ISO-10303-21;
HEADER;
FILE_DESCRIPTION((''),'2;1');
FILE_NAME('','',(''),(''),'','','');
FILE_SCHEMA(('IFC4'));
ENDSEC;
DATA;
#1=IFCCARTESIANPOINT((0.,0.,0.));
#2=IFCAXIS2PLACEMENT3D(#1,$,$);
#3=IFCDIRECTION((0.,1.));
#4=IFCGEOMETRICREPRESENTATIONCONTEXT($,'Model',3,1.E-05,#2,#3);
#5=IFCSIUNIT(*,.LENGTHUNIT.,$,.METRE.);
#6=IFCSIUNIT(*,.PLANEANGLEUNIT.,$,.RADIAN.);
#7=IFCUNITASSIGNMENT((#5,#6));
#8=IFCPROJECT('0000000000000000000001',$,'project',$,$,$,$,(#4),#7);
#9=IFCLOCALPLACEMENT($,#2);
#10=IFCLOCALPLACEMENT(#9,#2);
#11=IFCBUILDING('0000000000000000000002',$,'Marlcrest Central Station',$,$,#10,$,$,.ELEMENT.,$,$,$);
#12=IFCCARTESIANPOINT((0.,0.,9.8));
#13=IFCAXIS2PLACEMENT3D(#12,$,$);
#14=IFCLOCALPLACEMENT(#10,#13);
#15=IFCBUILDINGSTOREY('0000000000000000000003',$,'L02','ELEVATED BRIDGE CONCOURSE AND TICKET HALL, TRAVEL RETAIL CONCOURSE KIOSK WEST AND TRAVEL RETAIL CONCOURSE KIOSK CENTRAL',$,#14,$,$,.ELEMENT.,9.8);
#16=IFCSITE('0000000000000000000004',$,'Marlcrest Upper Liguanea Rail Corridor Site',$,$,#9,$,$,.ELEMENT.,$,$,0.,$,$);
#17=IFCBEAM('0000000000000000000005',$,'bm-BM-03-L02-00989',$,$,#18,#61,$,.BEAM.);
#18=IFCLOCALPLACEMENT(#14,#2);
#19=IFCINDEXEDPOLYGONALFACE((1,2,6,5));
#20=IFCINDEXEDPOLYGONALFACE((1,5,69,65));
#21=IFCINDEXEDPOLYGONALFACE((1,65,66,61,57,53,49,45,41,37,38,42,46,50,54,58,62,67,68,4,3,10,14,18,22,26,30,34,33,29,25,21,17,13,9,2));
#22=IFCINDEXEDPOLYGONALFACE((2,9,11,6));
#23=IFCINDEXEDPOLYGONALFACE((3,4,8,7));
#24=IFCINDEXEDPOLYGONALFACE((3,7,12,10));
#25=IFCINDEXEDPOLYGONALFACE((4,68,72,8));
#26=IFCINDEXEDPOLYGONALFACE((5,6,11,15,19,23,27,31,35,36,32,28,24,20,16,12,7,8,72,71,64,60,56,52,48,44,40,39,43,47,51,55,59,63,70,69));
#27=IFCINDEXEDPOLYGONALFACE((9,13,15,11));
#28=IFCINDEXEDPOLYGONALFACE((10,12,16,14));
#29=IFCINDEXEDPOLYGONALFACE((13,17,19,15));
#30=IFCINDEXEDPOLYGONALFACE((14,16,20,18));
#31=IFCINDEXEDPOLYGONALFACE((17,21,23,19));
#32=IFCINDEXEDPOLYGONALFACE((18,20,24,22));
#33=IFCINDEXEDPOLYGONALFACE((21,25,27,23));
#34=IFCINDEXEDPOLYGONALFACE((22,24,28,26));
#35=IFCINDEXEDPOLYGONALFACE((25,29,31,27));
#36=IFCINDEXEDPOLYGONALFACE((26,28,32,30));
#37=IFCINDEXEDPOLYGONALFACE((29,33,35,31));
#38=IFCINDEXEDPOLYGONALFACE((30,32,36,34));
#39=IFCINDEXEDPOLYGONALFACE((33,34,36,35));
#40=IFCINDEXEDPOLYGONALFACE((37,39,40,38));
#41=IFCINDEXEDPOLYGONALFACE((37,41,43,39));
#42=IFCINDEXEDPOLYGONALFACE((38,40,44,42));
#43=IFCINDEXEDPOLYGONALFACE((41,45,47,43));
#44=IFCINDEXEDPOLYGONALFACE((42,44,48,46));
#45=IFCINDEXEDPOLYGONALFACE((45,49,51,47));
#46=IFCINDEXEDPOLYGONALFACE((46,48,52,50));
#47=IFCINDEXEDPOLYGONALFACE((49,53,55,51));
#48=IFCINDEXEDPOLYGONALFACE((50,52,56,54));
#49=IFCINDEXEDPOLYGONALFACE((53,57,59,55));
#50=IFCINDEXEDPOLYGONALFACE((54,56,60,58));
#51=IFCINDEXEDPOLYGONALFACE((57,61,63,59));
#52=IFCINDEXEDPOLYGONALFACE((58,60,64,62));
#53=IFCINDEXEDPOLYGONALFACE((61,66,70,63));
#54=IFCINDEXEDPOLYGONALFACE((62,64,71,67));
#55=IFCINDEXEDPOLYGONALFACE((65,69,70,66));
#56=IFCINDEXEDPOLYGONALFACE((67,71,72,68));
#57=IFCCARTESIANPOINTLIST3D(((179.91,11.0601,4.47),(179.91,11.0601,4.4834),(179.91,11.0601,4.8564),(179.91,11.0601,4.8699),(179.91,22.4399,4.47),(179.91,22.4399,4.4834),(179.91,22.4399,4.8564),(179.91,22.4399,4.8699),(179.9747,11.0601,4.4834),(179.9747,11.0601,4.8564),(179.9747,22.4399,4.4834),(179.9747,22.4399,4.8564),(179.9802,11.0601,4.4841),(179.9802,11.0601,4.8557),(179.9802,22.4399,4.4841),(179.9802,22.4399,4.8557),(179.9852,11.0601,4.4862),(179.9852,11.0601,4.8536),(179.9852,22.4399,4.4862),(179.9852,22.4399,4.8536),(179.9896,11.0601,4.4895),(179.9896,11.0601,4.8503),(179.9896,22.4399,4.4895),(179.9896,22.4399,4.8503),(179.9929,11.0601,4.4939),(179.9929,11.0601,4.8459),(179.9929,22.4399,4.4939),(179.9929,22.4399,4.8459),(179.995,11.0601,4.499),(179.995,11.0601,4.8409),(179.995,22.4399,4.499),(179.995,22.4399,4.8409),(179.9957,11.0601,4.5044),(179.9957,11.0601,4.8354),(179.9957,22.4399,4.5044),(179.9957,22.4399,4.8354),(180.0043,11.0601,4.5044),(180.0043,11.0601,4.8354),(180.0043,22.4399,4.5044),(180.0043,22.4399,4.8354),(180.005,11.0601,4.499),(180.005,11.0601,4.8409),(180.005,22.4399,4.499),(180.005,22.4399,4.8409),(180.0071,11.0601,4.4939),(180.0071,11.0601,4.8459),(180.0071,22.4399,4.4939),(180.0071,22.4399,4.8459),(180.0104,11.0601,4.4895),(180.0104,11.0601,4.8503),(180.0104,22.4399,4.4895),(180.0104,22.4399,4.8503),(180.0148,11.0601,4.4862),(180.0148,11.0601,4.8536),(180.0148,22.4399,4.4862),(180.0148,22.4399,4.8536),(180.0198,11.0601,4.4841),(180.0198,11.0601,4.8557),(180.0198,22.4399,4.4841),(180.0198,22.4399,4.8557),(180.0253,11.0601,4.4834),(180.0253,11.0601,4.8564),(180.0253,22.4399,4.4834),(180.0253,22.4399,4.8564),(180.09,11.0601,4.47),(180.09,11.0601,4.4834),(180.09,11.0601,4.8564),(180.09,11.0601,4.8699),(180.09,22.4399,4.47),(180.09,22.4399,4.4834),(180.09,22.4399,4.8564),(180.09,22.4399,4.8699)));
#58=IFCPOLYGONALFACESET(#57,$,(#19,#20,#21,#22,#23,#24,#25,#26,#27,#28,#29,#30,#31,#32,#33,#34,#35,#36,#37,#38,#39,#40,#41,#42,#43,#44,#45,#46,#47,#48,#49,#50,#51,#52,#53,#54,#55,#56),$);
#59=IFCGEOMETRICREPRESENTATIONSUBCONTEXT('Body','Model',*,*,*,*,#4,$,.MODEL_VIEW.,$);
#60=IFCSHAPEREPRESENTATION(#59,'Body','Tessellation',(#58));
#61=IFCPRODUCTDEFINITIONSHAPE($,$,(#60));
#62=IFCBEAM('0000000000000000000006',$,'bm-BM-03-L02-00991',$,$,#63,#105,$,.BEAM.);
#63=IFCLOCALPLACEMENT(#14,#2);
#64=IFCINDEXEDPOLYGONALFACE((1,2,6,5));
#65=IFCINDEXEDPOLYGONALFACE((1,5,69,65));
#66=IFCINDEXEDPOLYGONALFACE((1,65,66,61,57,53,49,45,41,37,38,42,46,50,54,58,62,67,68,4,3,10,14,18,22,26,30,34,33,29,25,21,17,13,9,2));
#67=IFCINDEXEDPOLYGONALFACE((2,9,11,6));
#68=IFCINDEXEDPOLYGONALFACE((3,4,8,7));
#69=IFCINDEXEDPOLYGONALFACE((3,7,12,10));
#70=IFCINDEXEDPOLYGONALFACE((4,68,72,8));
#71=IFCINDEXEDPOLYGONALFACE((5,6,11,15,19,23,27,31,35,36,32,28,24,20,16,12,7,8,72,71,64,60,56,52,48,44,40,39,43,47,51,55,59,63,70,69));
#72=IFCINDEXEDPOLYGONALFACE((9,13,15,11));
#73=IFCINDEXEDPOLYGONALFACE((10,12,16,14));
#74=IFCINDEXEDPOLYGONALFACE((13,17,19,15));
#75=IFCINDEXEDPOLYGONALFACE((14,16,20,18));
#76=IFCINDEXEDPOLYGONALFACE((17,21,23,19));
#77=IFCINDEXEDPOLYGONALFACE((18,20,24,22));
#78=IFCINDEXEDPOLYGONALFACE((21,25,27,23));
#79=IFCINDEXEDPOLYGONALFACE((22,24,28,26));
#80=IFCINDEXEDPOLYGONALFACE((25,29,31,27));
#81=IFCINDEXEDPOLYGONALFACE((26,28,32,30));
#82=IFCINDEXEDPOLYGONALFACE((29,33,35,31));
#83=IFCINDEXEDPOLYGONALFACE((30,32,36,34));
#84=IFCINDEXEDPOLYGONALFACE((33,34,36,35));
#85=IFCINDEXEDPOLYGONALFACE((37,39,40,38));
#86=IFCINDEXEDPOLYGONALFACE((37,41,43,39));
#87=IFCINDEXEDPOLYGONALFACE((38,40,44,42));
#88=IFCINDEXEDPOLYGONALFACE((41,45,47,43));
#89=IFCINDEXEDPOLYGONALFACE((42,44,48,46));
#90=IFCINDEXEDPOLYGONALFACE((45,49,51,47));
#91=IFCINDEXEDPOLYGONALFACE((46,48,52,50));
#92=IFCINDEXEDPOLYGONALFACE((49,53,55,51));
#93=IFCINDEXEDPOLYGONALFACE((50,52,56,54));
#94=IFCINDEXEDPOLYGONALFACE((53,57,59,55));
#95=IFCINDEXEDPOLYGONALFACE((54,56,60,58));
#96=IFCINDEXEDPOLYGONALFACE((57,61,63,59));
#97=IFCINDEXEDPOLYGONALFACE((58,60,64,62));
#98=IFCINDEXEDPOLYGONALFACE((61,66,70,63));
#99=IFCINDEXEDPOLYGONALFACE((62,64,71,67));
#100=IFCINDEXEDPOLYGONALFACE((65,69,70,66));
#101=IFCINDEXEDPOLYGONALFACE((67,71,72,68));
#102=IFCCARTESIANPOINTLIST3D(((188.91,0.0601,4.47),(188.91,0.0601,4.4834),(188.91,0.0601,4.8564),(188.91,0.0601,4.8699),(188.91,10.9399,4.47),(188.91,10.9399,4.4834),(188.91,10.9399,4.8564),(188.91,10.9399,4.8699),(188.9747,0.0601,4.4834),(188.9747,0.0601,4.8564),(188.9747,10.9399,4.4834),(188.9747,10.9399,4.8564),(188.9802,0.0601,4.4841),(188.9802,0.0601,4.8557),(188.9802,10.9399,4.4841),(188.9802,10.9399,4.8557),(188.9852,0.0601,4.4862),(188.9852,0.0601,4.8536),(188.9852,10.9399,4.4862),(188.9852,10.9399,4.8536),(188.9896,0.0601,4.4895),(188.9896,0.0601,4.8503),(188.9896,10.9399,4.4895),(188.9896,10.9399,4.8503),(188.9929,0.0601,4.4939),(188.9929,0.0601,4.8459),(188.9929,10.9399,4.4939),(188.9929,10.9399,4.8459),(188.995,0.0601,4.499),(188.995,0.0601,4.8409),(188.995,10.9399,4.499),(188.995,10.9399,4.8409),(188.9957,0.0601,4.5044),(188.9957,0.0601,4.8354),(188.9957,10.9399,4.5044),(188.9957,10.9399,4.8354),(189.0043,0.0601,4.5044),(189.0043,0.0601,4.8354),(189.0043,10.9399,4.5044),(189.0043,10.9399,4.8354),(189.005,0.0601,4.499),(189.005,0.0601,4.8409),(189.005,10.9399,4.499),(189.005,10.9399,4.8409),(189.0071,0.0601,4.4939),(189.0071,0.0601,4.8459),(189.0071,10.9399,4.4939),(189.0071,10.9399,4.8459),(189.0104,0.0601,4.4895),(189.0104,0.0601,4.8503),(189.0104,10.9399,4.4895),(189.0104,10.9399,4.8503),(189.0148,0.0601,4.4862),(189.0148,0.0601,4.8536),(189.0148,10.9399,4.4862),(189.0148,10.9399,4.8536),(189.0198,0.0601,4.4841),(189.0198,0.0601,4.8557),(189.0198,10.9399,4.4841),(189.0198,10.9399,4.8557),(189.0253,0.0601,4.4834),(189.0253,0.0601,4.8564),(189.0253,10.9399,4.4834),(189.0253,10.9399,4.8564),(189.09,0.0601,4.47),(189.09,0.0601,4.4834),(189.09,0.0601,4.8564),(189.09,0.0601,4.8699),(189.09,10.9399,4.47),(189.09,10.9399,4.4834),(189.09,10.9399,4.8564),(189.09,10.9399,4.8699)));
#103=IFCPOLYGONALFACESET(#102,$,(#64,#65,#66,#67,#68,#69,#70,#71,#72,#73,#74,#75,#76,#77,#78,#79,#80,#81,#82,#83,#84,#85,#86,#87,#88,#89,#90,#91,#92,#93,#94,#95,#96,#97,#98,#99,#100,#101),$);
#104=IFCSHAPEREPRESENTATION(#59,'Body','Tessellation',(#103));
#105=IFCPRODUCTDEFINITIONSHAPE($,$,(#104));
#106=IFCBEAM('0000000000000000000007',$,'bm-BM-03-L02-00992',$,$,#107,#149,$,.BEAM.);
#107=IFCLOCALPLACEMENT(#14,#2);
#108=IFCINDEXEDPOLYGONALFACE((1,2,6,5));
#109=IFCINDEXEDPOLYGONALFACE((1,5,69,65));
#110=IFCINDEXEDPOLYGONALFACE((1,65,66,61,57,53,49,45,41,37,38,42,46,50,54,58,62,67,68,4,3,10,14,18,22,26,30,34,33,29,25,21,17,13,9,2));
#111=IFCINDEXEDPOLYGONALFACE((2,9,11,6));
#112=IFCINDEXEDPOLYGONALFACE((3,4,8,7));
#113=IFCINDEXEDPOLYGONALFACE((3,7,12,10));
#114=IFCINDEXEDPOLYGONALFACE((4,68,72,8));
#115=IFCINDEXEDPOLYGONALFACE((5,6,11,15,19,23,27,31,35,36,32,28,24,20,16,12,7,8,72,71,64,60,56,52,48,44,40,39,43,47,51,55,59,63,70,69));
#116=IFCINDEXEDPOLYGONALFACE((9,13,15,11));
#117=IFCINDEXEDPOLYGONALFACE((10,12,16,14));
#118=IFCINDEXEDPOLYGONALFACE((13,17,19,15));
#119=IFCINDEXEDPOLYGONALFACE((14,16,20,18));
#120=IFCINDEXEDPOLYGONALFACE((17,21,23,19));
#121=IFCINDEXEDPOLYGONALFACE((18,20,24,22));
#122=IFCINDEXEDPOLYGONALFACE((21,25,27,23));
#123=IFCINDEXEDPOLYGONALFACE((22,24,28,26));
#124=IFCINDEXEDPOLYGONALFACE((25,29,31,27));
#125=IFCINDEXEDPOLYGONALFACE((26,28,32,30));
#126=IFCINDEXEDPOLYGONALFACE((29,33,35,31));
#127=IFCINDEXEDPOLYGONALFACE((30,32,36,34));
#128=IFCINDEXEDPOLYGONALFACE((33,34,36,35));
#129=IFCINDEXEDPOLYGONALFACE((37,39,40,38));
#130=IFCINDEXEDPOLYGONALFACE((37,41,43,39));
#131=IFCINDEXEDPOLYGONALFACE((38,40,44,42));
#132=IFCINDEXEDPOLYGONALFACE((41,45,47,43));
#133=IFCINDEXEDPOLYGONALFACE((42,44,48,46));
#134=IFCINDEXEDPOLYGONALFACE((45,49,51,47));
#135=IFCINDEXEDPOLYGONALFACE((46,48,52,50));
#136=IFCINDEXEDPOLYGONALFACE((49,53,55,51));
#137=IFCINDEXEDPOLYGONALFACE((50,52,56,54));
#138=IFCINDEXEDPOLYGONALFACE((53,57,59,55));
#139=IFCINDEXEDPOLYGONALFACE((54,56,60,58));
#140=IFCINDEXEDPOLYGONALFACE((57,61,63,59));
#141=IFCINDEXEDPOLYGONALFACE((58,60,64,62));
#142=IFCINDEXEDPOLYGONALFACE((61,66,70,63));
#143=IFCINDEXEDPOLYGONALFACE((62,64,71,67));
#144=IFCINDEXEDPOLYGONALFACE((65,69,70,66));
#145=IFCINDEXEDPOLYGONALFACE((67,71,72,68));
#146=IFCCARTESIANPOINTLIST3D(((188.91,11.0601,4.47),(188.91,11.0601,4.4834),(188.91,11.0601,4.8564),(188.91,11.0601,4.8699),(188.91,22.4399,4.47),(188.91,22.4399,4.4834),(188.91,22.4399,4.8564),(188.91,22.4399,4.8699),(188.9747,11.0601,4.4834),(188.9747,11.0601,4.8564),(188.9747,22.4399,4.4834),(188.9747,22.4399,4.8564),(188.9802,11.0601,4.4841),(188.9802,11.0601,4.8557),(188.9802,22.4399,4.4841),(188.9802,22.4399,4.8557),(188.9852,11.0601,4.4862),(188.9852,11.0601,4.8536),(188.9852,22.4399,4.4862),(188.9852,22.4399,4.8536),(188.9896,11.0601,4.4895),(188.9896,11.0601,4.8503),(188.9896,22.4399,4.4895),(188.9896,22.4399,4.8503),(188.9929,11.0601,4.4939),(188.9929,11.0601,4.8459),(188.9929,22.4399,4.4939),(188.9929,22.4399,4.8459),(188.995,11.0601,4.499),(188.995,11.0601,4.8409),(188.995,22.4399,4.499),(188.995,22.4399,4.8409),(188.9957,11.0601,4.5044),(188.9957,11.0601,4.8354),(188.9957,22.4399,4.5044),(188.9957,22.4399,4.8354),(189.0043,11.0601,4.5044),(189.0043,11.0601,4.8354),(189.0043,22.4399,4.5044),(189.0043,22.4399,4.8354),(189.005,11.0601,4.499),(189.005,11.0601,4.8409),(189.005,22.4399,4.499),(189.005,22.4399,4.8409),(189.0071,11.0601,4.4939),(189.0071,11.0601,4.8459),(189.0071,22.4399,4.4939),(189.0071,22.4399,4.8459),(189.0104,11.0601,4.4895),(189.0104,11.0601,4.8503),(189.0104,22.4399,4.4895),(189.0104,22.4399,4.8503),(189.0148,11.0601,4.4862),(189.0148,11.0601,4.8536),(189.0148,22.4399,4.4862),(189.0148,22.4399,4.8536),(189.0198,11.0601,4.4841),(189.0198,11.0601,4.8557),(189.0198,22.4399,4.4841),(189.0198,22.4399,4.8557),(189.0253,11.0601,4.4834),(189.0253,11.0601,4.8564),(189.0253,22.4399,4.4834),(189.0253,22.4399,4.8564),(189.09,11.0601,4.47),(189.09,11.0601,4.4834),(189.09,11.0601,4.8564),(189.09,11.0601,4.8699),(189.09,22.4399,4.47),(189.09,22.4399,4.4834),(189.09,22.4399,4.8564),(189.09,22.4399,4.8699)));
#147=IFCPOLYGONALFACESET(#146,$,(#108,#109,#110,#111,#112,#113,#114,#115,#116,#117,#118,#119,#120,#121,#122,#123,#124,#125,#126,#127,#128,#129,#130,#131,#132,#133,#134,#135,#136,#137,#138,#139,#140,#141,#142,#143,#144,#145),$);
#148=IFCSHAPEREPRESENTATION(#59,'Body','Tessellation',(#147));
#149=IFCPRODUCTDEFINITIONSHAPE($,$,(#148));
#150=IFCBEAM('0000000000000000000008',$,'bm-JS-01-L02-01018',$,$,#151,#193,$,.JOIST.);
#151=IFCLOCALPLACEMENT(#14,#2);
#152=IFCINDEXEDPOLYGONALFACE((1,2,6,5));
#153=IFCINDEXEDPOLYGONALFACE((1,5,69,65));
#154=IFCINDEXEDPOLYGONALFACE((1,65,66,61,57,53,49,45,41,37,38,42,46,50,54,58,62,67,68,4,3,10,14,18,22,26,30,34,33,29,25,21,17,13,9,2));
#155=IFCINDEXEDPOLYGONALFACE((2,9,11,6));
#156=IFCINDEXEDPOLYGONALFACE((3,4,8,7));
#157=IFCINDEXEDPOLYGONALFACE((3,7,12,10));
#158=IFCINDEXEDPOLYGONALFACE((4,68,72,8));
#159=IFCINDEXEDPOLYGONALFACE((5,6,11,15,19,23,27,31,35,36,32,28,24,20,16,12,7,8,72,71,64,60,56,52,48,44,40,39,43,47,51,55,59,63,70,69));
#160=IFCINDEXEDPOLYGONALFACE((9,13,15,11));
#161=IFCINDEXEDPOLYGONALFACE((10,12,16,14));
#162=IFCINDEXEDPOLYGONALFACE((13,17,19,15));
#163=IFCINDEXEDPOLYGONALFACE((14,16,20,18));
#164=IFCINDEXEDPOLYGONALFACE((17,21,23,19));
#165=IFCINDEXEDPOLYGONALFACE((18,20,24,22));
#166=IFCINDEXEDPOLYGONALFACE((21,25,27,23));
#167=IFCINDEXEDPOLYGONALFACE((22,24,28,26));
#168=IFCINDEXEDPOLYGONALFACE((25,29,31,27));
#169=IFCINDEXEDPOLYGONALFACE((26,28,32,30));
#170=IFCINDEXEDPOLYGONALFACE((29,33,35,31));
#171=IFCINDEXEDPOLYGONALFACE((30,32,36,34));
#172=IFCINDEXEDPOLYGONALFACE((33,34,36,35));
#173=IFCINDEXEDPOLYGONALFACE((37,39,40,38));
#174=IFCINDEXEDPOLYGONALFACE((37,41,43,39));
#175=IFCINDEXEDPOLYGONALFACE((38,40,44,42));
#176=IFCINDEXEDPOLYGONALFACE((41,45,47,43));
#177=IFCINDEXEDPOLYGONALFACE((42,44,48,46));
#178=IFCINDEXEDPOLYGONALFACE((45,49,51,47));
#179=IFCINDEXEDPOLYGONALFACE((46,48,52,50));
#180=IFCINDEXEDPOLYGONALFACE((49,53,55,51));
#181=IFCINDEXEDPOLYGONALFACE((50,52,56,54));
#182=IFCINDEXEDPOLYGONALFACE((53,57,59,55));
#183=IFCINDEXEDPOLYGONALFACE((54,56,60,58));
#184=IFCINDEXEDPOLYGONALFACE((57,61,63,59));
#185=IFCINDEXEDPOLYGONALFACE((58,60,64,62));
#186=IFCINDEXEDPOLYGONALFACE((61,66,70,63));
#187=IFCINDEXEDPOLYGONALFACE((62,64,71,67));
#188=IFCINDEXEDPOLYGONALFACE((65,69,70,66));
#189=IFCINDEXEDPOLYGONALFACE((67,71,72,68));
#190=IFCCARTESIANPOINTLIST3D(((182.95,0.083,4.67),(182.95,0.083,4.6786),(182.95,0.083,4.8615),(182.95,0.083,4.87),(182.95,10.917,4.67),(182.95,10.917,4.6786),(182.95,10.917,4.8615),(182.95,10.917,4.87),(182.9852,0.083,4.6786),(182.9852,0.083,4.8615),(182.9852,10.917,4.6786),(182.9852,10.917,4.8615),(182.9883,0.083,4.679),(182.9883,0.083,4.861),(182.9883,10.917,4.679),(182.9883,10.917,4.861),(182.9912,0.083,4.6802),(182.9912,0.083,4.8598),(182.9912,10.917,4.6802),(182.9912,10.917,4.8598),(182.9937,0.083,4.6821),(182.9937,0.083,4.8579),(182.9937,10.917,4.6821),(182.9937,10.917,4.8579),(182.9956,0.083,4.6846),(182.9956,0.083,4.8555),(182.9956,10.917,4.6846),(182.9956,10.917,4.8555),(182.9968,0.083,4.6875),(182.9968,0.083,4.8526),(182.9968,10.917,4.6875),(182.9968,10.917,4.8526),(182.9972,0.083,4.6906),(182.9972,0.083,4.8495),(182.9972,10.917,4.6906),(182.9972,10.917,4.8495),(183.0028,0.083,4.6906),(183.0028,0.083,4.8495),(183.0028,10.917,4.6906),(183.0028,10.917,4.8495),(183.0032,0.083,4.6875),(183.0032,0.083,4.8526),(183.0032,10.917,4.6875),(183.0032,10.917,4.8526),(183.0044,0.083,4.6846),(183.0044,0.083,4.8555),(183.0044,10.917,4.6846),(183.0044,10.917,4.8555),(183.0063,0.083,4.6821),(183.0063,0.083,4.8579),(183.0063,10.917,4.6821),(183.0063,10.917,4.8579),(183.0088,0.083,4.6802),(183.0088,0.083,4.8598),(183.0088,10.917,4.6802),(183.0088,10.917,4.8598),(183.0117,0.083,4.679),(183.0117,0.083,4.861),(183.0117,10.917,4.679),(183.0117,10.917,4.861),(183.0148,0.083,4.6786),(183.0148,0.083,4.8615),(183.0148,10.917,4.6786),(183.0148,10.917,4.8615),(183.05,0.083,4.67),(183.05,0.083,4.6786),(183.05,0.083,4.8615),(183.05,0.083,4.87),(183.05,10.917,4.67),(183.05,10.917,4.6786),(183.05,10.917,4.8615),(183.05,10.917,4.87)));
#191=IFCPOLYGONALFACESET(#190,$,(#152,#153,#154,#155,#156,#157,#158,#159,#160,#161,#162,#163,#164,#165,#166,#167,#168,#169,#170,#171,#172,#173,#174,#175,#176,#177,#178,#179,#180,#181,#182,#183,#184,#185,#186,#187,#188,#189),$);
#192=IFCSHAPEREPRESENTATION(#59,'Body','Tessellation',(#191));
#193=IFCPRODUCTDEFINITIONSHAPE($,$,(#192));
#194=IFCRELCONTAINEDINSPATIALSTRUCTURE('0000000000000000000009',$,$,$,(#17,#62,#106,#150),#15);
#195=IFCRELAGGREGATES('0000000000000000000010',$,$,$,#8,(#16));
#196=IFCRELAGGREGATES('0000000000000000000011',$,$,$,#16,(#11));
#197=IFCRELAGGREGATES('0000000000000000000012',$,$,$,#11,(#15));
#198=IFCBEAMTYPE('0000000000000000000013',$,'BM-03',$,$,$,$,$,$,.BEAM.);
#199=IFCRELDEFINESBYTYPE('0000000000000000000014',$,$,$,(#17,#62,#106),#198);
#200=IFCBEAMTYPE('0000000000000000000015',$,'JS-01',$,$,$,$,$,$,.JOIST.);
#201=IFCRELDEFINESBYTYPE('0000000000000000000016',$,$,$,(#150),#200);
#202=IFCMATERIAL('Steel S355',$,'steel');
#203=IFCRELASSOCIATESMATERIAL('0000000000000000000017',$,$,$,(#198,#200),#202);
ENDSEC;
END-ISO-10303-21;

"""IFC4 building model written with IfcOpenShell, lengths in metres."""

from ifc_helpers import new_model, si_unit, direction, frame, origin, origin_2d, place, context, subcontext, project, spatial, i_section, extrude, material, material_profile, profile_set, type_object, element, save


model = new_model("IFC4")

# Units and contexts
model_context = context("Model", 3, precision=1e-05, world=origin(), true_north=direction((0.0, 1.0)))
body_context = subcontext(model_context, "Body", "Model", "MODEL_VIEW")
ifc_project = project(units=[si_unit("LENGTHUNIT", "METRE"), si_unit("PLANEANGLEUNIT", "RADIAN")], contexts=[model_context])

# Site, building, storey
site_placement = place(None, origin())
site = spatial("IfcSite", under=ifc_project, at=site_placement, Name="Marlcrest Upper Liguanea Rail Corridor Site", CompositionType="ELEMENT", RefElevation=0.0)
building_placement = place(site_placement, origin())
building = spatial("IfcBuilding", under=site, at=building_placement, Name="Marlcrest Central Station", CompositionType="ELEMENT")
storey_placement = place(building_placement, frame((0.0, 0.0, 9.8)))
storey = spatial("IfcBuildingStorey", under=building, at=storey_placement, Name="L02", Description="ELEVATED BRIDGE CONCOURSE AND TICKET HALL, TRAVEL RETAIL CONCOURSE KIOSK WEST AND TRAVEL RETAIL CONCOURSE KIOSK CENTRAL", CompositionType="ELEMENT", Elevation=9.8)

# Beams
ifc_material_1 = material(Name="Steel S355", Category="steel")
ifc_material_profile_1 = material_profile(ifc_material_1, i_section(OverallWidth=0.1799, OverallDepth=0.3999, WebThickness=0.0085, FlangeThickness=0.0134, FilletRadius=0.021, at=origin_2d()), Name="IPE 400")
ifc_profile_set_1 = profile_set([ifc_material_profile_1], Name="Steel S355")
beam_type_1 = type_object("IfcBeamType", Name="BM-03", PredefinedType="BEAM", material=ifc_profile_set_1)
beam_1_placement = place(storey_placement, frame((180.0, 11.0601, 4.6699), z_axis=(0.0, 1.0, 0.0), x_axis=(-1.0, 0.0, 0.0)))
element("IfcBeam", 1, at=beam_1_placement, inside=storey, type_object=beam_type_1, Name="bm-BM-03-L02-00989", PredefinedType="BEAM", context=body_context, shape_type="SweptSolid", body=[
    extrude(i_section(OverallWidth=0.1799, OverallDepth=0.3999, WebThickness=0.0085, FlangeThickness=0.0134, FilletRadius=0.021, at=origin_2d()), origin(), (0.0, 0.0, 1.0), 11.3799),
])
beam_2_placement = place(storey_placement, frame((189.0, 0.0601, 4.6699), z_axis=(0.0, 1.0, 0.0), x_axis=(-1.0, 0.0, 0.0)))
element("IfcBeam", 2, at=beam_2_placement, inside=storey, type_object=beam_type_1, Name="bm-BM-03-L02-00991", PredefinedType="BEAM", context=body_context, shape_type="SweptSolid", body=[
    extrude(i_section(OverallWidth=0.1799, OverallDepth=0.3999, WebThickness=0.0085, FlangeThickness=0.0134, FilletRadius=0.021, at=origin_2d()), origin(), (0.0, 0.0, 1.0), 10.8799),
])
beam_3_placement = place(storey_placement, frame((189.0, 11.0601, 4.6699), z_axis=(0.0, 1.0, 0.0), x_axis=(-1.0, 0.0, 0.0)))
element("IfcBeam", 3, at=beam_3_placement, inside=storey, type_object=beam_type_1, Name="bm-BM-03-L02-00992", PredefinedType="BEAM", context=body_context, shape_type="SweptSolid", body=[
    extrude(i_section(OverallWidth=0.1799, OverallDepth=0.3999, WebThickness=0.0085, FlangeThickness=0.0134, FilletRadius=0.021, at=origin_2d()), origin(), (0.0, 0.0, 1.0), 11.3799),
])
ifc_material_profile_2 = material_profile(ifc_material_1, i_section(OverallWidth=0.1001, OverallDepth=0.2, WebThickness=0.0056, FlangeThickness=0.0085, FilletRadius=0.012, at=origin_2d()), Name="IPE 200")
ifc_profile_set_2 = profile_set([ifc_material_profile_2], Name="Steel S355")
beam_type_2 = type_object("IfcBeamType", Name="JS-01", PredefinedType="JOIST", material=ifc_profile_set_2)
beam_4_placement = place(storey_placement, frame((183.0, 0.083, 4.77), z_axis=(0.0, 1.0, 0.0), x_axis=(-1.0, 0.0, 0.0)))
element("IfcBeam", 4, at=beam_4_placement, inside=storey, type_object=beam_type_2, Name="bm-JS-01-L02-01018", PredefinedType="JOIST", context=body_context, shape_type="SweptSolid", body=[
    extrude(i_section(OverallWidth=0.1001, OverallDepth=0.2, WebThickness=0.0056, FlangeThickness=0.0085, FilletRadius=0.012, at=origin_2d()), origin(), (0.0, 0.0, 1.0), 10.834),
])

save(model, "model.ifc")
